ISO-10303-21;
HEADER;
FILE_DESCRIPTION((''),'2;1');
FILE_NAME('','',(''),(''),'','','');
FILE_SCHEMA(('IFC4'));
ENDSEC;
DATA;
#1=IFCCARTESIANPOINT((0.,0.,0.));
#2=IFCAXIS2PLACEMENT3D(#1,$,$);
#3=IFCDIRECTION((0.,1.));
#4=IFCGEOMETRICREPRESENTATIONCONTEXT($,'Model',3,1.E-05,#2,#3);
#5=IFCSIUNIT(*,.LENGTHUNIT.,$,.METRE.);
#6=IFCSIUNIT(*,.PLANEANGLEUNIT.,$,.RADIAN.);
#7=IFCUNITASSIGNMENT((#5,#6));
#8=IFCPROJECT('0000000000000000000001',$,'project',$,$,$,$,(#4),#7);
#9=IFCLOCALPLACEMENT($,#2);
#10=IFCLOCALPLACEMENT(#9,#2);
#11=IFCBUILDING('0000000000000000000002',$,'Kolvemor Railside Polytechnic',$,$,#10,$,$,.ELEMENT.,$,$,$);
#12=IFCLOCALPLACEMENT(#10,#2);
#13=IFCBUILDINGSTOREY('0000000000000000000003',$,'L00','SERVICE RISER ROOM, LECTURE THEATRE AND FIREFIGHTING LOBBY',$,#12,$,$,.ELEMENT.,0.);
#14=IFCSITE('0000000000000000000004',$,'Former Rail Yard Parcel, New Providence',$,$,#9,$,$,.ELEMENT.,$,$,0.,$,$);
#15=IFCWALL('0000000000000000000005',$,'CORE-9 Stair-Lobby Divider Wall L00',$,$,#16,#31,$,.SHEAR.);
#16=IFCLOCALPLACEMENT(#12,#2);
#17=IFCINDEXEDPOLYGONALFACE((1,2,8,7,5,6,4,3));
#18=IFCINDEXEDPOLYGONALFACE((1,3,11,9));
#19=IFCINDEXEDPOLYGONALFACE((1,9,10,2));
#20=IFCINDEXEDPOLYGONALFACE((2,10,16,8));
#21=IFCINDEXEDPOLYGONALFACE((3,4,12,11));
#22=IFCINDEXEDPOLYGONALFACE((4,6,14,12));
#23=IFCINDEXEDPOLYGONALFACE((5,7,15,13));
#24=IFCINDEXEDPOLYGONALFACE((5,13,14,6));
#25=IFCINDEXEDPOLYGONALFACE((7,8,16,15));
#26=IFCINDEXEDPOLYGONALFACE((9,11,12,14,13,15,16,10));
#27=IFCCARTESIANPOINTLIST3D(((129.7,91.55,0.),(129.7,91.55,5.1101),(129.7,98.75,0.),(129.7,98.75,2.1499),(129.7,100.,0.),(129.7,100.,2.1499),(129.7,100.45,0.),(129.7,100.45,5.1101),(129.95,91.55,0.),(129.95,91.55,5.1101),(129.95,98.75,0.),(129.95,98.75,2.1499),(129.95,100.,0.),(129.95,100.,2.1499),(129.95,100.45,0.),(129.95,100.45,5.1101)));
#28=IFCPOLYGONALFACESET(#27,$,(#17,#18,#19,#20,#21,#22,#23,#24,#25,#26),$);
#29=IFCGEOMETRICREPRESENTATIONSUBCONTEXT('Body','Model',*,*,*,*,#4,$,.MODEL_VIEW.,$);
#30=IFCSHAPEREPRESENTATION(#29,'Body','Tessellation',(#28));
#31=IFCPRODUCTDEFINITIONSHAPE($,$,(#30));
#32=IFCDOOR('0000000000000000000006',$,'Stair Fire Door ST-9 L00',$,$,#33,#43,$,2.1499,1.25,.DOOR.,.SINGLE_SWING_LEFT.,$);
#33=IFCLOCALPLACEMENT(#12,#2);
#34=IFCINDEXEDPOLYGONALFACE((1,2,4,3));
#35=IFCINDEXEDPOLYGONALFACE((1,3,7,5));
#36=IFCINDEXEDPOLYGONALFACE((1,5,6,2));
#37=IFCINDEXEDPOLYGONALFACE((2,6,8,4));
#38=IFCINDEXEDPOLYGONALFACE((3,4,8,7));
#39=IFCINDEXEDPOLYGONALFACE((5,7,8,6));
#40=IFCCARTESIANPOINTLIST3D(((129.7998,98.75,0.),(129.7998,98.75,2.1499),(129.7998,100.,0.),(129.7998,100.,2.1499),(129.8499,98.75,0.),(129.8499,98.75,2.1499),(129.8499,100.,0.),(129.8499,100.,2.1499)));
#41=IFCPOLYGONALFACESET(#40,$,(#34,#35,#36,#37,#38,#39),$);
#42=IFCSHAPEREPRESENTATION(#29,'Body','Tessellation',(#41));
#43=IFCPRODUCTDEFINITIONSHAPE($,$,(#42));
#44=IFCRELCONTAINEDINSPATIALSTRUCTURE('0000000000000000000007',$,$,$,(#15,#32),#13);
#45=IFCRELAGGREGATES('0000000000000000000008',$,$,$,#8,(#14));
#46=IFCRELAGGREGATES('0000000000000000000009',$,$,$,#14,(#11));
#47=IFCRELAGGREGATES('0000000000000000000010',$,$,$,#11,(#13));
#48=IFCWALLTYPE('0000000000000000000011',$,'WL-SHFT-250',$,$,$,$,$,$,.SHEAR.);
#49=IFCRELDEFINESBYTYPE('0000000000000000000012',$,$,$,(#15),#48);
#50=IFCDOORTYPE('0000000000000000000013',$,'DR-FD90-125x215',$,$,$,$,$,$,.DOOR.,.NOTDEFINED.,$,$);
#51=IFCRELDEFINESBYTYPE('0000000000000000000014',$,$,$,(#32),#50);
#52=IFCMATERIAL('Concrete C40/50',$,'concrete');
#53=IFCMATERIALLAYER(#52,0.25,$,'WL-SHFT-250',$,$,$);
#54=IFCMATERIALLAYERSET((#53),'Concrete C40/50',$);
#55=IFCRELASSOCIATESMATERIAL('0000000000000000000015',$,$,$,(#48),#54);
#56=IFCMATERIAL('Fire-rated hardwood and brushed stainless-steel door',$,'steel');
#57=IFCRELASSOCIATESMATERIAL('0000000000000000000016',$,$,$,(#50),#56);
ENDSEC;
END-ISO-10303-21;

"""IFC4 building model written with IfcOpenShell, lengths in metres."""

from ifc_helpers import new_model, si_unit, direction, frame, frame_2d, origin, place, context, subcontext, project, spatial, rectangle, extrude, material, layer, layer_set, type_object, element, fill, save


model = new_model("IFC4")

# Units and contexts
model_context = context("Model", 3, precision=1e-05, world=origin(), true_north=direction((0.0, 1.0)))
body_context = subcontext(model_context, "Body", "Model", "MODEL_VIEW")
ifc_project = project(units=[si_unit("LENGTHUNIT", "METRE"), si_unit("PLANEANGLEUNIT", "RADIAN")], contexts=[model_context])

# Site, building, storey
site_placement = place(None, origin())
site = spatial("IfcSite", under=ifc_project, at=site_placement, Name="Former Rail Yard Parcel, New Providence", CompositionType="ELEMENT", RefElevation=0.0)
building_placement = place(site_placement, origin())
building = spatial("IfcBuilding", under=site, at=building_placement, Name="Kolvemor Railside Polytechnic", CompositionType="ELEMENT")
storey_placement = place(building_placement, origin())
storey = spatial("IfcBuildingStorey", under=building, at=storey_placement, Name="L00", Description="SERVICE RISER ROOM, LECTURE THEATRE AND FIREFIGHTING LOBBY", CompositionType="ELEMENT", Elevation=0.0)

# Wall, opening, door
ifc_material_1 = material(Name="Concrete C40/50", Category="concrete")
ifc_layer_1 = layer(ifc_material_1, 0.25, Name="WL-SHFT-250")
ifc_layer_set_1 = layer_set([ifc_layer_1], Name="Concrete C40/50")
wall_type_1 = type_object("IfcWallType", Name="WL-SHFT-250", PredefinedType="SHEAR", material=ifc_layer_set_1)
wall_1_placement = place(storey_placement, frame((129.825, 100.45, 0.0), z_axis=(0.0, 0.0, 1.0), x_axis=(0.0, -1.0, 0.0)))
wall_1 = element("IfcWall", 1, at=wall_1_placement, inside=storey, type_object=wall_type_1, Name="CORE-9 Stair-Lobby Divider Wall L00", PredefinedType="SHEAR", context=body_context, shape_type="SweptSolid", body=[
    extrude(rectangle(XDim=8.8999, YDim=0.25, at=frame_2d((4.45, 0.0))), origin(), (0.0, 0.0, 1.0), 5.1101),
])
opening_1_placement = place(wall_1_placement, frame((0.45, 0.0, 0.0)))
opening_1 = element("IfcOpeningElement", 2, at=opening_1_placement, cuts=wall_1, PredefinedType="OPENING", context=body_context, shape_type="SweptSolid", body=[
    extrude(rectangle(XDim=1.25, YDim=2.1499, at=frame_2d((0.625, 1.075))), frame((0.0, 0.135, 0.0), z_axis=(0.0, -1.0, 0.0), x_axis=(1.0, 0.0, 0.0)), (0.0, 0.0, 1.0), 0.27),
])
ifc_material_2 = material(Name="Fire-rated hardwood and brushed stainless-steel door", Category="steel")
door_type_1 = type_object("IfcDoorType", Name="DR-FD90-125x215", OperationType="NOTDEFINED", PredefinedType="DOOR", material=ifc_material_2)
door_1_placement = place(opening_1_placement, origin())
door_1 = element("IfcDoor", 3, at=door_1_placement, inside=storey, type_object=door_type_1, Name="Stair Fire Door ST-9 L00", OperationType="SINGLE_SWING_LEFT", OverallHeight=2.1499, OverallWidth=1.25, PredefinedType="DOOR", context=body_context, shape_type="SweptSolid", body=[
    extrude(rectangle(XDim=1.25, YDim=2.1499, at=frame_2d((0.625, 1.075))), frame((0.0, 0.0249, 0.0), z_axis=(0.0, -1.0, 0.0), x_axis=(1.0, 0.0, 0.0)), (0.0, 0.0, 1.0), 0.05),
])
fill(opening_1, door_1)

save(model, "model.ifc")
